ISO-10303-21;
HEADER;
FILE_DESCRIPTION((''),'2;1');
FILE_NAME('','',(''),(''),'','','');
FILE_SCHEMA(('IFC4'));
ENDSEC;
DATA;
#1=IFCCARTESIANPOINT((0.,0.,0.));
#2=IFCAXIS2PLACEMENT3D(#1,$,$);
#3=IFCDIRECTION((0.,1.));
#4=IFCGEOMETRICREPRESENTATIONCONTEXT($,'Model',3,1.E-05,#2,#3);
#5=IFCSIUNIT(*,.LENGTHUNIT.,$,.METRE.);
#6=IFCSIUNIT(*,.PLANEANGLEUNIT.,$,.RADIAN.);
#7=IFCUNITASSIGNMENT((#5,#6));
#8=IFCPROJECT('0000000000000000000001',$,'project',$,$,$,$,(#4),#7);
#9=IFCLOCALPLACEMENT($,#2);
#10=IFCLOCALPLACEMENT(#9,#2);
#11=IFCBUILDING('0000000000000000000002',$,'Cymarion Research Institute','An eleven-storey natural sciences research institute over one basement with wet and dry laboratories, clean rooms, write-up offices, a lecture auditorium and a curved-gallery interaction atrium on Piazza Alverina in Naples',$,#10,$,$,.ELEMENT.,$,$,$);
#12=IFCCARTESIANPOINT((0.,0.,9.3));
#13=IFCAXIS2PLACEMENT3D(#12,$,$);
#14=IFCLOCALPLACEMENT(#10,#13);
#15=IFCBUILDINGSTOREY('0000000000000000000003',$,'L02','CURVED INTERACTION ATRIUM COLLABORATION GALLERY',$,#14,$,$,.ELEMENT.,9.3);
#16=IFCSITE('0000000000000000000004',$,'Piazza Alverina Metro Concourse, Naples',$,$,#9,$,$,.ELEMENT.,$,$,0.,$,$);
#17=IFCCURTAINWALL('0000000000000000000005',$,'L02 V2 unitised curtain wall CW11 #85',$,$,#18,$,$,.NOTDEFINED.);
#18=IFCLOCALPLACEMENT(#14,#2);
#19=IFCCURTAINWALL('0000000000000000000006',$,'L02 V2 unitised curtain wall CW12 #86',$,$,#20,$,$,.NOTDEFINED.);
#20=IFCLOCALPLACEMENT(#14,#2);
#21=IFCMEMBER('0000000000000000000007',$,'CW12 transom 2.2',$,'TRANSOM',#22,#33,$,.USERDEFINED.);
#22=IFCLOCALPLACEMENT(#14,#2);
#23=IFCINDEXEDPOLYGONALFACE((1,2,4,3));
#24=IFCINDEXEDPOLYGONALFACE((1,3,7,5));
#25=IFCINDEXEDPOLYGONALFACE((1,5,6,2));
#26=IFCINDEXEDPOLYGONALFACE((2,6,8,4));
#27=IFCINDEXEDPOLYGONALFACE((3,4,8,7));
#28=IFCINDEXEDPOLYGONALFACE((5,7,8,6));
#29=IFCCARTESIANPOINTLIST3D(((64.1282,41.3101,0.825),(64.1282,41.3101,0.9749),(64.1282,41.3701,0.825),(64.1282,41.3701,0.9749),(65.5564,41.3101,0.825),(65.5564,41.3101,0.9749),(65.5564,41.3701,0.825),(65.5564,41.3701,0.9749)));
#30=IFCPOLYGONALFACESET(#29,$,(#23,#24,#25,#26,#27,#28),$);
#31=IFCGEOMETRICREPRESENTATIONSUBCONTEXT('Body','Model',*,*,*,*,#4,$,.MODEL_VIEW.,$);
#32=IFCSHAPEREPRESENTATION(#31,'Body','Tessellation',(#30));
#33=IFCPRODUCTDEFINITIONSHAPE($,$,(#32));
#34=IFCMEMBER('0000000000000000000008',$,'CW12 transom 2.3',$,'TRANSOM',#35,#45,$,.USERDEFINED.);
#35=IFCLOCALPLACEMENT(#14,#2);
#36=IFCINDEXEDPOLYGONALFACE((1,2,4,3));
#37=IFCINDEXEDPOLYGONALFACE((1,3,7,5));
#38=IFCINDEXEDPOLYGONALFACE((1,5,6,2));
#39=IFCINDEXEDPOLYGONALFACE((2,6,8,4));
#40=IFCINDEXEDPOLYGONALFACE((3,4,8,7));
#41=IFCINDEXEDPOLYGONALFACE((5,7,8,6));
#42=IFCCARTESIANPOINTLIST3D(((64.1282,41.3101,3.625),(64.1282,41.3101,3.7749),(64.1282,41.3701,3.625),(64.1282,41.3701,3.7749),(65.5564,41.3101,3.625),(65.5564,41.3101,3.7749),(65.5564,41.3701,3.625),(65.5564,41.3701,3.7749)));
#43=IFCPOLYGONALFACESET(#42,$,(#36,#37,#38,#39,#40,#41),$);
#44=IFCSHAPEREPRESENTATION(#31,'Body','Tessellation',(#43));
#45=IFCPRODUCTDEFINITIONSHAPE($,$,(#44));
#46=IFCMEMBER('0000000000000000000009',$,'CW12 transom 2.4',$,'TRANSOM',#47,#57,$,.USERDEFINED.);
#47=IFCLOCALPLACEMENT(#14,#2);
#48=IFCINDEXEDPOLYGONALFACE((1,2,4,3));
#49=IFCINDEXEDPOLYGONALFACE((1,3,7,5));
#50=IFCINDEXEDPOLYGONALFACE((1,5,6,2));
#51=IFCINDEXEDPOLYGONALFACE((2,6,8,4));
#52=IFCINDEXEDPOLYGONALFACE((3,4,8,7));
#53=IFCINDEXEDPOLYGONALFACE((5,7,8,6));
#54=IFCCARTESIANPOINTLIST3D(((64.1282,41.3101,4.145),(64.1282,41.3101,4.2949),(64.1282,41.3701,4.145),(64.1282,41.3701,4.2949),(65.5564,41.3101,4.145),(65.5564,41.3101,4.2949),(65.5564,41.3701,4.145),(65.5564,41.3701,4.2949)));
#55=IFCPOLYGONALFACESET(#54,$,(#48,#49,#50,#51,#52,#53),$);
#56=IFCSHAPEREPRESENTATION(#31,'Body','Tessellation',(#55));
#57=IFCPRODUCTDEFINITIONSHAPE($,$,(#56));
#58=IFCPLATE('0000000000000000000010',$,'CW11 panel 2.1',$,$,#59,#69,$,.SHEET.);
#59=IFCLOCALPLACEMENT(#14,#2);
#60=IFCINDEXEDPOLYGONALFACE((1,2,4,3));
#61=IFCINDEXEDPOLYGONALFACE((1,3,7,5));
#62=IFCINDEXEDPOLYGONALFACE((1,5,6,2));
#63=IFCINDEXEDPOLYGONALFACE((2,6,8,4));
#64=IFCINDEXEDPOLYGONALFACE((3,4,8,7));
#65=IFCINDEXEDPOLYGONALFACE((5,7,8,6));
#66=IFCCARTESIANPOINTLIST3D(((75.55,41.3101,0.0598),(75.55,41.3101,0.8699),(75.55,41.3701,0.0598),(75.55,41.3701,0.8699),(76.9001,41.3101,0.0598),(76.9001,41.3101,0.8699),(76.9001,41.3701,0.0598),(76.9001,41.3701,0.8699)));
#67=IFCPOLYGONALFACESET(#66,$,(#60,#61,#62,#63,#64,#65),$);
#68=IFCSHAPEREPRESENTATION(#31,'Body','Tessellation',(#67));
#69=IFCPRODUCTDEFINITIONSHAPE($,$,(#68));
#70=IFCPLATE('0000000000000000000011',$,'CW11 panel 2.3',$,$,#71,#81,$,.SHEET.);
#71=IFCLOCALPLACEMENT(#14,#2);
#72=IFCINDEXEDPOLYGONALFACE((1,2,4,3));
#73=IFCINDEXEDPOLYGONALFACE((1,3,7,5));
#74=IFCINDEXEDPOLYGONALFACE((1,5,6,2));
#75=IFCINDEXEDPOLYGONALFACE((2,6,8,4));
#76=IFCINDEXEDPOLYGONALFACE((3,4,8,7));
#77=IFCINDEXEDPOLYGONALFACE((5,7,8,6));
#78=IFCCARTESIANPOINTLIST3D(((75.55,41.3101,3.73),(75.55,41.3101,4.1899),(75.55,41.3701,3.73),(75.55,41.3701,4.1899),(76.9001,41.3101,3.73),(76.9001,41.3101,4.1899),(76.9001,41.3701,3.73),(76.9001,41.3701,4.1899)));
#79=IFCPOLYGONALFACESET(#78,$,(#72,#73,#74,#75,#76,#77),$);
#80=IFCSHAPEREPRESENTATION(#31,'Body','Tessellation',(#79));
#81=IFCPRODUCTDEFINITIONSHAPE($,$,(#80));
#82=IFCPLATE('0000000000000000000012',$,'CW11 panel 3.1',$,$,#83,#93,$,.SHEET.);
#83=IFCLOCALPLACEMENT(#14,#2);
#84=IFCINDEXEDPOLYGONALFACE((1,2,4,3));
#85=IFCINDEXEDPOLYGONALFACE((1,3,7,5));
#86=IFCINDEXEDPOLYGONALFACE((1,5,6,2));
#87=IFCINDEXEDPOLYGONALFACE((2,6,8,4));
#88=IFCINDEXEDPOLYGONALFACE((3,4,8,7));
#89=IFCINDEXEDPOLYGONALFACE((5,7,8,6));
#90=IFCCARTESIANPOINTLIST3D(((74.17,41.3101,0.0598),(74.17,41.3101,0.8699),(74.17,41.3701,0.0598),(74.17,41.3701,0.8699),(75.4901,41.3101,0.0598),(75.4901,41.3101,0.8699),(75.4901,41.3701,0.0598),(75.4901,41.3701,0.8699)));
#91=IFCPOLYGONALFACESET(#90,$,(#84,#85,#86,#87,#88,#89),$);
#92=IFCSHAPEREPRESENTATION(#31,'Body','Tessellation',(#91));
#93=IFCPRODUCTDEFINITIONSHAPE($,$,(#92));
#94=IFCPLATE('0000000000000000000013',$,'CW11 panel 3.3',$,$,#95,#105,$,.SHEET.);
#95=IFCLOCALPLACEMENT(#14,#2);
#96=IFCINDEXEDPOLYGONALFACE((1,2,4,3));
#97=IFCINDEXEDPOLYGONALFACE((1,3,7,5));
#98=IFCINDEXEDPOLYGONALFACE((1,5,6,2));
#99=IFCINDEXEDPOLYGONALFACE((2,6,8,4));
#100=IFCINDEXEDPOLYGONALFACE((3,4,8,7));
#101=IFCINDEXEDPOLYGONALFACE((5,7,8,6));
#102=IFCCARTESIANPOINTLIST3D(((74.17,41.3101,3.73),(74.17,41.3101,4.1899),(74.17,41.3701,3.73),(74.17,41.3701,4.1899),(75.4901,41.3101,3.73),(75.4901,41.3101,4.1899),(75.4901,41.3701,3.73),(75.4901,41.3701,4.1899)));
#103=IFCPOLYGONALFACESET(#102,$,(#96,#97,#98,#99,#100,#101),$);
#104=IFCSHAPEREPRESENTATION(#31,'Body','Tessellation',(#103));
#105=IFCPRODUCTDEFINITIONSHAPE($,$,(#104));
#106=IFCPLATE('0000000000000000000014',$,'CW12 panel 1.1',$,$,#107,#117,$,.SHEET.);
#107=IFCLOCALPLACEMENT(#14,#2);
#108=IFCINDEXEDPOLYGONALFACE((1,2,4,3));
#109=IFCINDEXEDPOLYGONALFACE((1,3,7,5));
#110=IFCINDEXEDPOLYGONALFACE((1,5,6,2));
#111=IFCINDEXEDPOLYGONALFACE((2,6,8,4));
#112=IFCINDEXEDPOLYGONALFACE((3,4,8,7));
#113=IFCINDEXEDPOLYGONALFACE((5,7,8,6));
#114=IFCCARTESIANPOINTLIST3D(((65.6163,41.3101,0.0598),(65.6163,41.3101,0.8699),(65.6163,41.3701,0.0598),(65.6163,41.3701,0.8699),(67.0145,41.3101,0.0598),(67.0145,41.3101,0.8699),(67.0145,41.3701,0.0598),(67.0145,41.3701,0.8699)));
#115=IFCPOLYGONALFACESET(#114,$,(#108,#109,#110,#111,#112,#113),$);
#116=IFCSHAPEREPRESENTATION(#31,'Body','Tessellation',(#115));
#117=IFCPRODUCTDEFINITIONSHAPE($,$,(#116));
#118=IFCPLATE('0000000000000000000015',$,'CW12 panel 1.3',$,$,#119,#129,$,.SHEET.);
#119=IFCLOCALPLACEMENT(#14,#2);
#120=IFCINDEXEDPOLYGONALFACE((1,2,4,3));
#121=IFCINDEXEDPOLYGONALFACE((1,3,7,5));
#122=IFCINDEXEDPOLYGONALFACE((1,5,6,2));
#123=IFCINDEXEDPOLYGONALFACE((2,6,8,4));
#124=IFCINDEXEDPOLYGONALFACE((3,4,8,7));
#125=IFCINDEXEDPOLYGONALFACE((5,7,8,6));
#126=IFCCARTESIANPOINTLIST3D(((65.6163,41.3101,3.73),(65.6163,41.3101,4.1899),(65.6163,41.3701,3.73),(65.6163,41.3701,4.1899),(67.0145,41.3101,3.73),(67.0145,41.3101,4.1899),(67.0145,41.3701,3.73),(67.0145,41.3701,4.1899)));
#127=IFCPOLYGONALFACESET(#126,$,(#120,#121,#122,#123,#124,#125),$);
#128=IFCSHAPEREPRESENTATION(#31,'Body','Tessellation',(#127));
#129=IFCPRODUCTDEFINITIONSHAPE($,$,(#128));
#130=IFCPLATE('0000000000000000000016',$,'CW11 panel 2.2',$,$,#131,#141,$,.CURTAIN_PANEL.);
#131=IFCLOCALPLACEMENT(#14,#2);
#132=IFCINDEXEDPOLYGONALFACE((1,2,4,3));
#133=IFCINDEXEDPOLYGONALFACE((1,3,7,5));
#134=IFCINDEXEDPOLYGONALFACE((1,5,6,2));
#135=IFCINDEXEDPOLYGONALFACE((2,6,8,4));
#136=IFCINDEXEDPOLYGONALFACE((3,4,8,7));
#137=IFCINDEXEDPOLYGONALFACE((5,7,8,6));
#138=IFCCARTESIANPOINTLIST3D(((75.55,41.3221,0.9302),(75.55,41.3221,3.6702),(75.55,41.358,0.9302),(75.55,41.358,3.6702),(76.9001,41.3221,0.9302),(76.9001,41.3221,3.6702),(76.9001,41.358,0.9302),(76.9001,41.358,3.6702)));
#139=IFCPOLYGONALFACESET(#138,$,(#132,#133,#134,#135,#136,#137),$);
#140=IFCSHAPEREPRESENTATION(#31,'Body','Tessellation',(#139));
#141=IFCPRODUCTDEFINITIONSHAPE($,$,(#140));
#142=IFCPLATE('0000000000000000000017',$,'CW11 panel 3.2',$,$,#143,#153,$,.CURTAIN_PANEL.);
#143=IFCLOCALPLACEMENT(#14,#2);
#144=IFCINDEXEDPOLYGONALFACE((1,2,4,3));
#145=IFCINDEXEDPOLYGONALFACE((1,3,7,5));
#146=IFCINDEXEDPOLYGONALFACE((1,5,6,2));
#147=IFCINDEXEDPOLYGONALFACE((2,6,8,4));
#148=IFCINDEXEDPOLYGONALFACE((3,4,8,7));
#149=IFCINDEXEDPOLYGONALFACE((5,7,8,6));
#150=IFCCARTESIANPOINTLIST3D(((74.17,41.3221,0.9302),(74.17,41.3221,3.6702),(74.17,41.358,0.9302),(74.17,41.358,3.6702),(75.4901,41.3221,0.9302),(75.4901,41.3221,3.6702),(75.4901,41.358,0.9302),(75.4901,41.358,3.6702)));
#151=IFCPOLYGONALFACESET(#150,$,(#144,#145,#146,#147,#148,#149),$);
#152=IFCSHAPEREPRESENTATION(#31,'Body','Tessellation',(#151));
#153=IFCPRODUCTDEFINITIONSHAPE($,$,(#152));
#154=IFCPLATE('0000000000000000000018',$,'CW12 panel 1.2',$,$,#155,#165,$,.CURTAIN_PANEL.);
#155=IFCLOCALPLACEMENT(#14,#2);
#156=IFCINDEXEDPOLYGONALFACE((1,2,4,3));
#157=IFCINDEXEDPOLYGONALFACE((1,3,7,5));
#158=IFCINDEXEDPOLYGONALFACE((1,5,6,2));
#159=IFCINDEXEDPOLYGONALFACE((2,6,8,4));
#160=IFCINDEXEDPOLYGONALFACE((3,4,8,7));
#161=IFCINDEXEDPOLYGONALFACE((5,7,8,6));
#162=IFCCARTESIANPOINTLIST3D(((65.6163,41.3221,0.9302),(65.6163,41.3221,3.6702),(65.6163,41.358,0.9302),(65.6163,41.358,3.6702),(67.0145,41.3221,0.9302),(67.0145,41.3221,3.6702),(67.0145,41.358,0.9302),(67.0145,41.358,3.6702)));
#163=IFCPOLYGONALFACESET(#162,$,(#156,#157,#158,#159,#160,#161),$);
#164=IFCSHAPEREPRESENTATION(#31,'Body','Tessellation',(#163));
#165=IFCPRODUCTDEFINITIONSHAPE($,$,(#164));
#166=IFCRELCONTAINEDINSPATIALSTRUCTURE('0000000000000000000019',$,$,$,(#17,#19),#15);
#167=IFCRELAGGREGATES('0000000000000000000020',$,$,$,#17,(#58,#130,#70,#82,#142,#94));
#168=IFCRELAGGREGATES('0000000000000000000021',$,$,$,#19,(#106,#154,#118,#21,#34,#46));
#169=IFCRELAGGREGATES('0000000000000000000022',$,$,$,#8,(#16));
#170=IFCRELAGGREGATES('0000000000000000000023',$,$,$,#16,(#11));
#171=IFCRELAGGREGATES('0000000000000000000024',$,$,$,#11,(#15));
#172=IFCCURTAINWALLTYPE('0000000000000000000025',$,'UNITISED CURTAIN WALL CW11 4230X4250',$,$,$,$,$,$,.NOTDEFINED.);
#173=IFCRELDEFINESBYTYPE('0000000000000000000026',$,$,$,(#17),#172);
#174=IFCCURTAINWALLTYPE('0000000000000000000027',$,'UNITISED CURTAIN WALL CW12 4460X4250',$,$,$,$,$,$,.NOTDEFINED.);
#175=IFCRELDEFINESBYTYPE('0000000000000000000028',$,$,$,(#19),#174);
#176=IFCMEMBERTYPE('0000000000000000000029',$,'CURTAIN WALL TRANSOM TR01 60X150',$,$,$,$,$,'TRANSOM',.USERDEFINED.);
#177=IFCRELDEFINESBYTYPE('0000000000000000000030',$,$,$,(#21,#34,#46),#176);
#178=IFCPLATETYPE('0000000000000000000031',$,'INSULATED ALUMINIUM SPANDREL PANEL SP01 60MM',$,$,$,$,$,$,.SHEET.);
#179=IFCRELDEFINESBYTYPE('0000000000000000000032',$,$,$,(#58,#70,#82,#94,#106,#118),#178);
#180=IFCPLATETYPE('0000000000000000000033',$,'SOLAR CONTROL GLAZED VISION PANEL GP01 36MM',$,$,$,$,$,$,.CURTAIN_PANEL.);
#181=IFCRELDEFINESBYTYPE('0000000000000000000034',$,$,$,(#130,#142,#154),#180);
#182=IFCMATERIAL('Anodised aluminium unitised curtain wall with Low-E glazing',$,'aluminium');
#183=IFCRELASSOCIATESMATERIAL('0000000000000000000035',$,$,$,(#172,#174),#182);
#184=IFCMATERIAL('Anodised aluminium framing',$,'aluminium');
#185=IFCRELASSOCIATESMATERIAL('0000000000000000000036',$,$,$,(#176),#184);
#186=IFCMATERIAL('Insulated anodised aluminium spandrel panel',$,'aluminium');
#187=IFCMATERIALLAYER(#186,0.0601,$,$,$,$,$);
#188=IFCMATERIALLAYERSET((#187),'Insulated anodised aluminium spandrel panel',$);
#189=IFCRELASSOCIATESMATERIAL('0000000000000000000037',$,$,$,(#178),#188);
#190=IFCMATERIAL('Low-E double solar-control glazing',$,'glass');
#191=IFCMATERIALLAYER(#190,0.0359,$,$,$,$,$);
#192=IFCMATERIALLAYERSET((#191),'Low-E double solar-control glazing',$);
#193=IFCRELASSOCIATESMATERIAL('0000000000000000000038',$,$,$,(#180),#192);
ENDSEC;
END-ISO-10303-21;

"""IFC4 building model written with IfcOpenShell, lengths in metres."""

from ifc_helpers import new_model, si_unit, direction, frame, origin, origin_2d, place, context, subcontext, project, spatial, rectangle, extrude, material, layer, layer_set, material_profile, profile_set, type_object, element, aggregate, save


model = new_model("IFC4")

# Units and contexts
model_context = context("Model", 3, precision=1e-05, world=origin(), true_north=direction((0.0, 1.0)))
body_context = subcontext(model_context, "Body", "Model", "MODEL_VIEW")
ifc_project = project(units=[si_unit("LENGTHUNIT", "METRE"), si_unit("PLANEANGLEUNIT", "RADIAN")], contexts=[model_context])

# Site, building, storey
site_placement = place(None, origin())
site = spatial("IfcSite", under=ifc_project, at=site_placement, Name="Piazza Alverina Metro Concourse, Naples", CompositionType="ELEMENT", RefElevation=0.0)
building_placement = place(site_placement, origin())
building = spatial("IfcBuilding", under=site, at=building_placement, Name="Cymarion Research Institute", Description="An eleven-storey natural sciences research institute over one basement with wet and dry laboratories, clean rooms, write-up offices, a lecture auditorium and a curved-gallery interaction atrium on Piazza Alverina in Naples", CompositionType="ELEMENT")
storey_placement = place(building_placement, frame((0.0, 0.0, 9.3)))
storey = spatial("IfcBuildingStorey", under=building, at=storey_placement, Name="L02", Description="CURVED INTERACTION ATRIUM COLLABORATION GALLERY", CompositionType="ELEMENT", Elevation=9.3)

# Curtain walls
ifc_material_1 = material(Name="Anodised aluminium unitised curtain wall with Low-E glazing", Category="aluminium")
curtain_wall_type_1 = type_object("IfcCurtainWallType", Name="UNITISED CURTAIN WALL CW11 4230X4250", PredefinedType="NOTDEFINED", material=ifc_material_1)
curtain_wall_1_placement = place(storey_placement, origin())
curtain_wall_1 = element("IfcCurtainWall", 1, at=curtain_wall_1_placement, inside=storey, type_object=curtain_wall_type_1, Name="L02 V2 unitised curtain wall CW11 #85", PredefinedType="NOTDEFINED")
ifc_material_2 = material(Name="Anodised aluminium framing", Category="aluminium")
curtain_wall_type_2 = type_object("IfcCurtainWallType", Name="UNITISED CURTAIN WALL CW12 4460X4250", PredefinedType="NOTDEFINED", material=ifc_material_1)
curtain_wall_2_placement = place(storey_placement, origin())
curtain_wall_2 = element("IfcCurtainWall", 2, at=curtain_wall_2_placement, inside=storey, type_object=curtain_wall_type_2, Name="L02 V2 unitised curtain wall CW12 #86", PredefinedType="NOTDEFINED")

# Members
ifc_material_profile_1 = material_profile(ifc_material_2, rectangle(XDim=0.0601, YDim=0.1499, at=origin_2d()), Name="ALU TRANSOM 60x150")
ifc_profile_set_1 = profile_set([ifc_material_profile_1], Name="Anodised aluminium framing")
member_type_1 = type_object("IfcMemberType", Name="CURTAIN WALL TRANSOM TR01 60X150", ElementType="TRANSOM", PredefinedType="USERDEFINED", material=ifc_profile_set_1)
member_1_placement = place(storey_placement, frame((65.5564, 41.3401, 0.8999), z_axis=(-1.0, 0.0, 0.0), x_axis=(0.0, -1.0, 0.0)))
member_1 = element("IfcMember", 3, at=member_1_placement, type_object=member_type_1, Name="CW12 transom 2.2", ObjectType="TRANSOM", PredefinedType="USERDEFINED", context=body_context, shape_type="SweptSolid", body=[
    extrude(rectangle(XDim=0.0601, YDim=0.1499, at=origin_2d()), origin(), (0.0, 0.0, 1.0), 1.4282),
])
member_2_placement = place(storey_placement, frame((65.5564, 41.3401, 3.7), z_axis=(-1.0, 0.0, 0.0), x_axis=(0.0, -1.0, 0.0)))
member_2 = element("IfcMember", 4, at=member_2_placement, type_object=member_type_1, Name="CW12 transom 2.3", ObjectType="TRANSOM", PredefinedType="USERDEFINED", context=body_context, shape_type="SweptSolid", body=[
    extrude(rectangle(XDim=0.0601, YDim=0.1499, at=origin_2d()), origin(), (0.0, 0.0, 1.0), 1.4282),
])
member_3_placement = place(storey_placement, frame((65.5564, 41.3401, 4.22), z_axis=(-1.0, 0.0, 0.0), x_axis=(0.0, -1.0, 0.0)))
member_3 = element("IfcMember", 5, at=member_3_placement, type_object=member_type_1, Name="CW12 transom 2.4", ObjectType="TRANSOM", PredefinedType="USERDEFINED", context=body_context, shape_type="SweptSolid", body=[
    extrude(rectangle(XDim=0.0601, YDim=0.1499, at=origin_2d()), origin(), (0.0, 0.0, 1.0), 1.4282),
])

# Plates
ifc_material_3 = material(Name="Insulated anodised aluminium spandrel panel", Category="aluminium")
ifc_layer_1 = layer(ifc_material_3, 0.0601)
ifc_layer_set_1 = layer_set([ifc_layer_1], Name="Insulated anodised aluminium spandrel panel")
plate_type_1 = type_object("IfcPlateType", Name="INSULATED ALUMINIUM SPANDREL PANEL SP01 60MM", PredefinedType="SHEET", material=ifc_layer_set_1)
plate_1_placement = place(storey_placement, frame((76.2251, 41.3401, 0.0598), z_axis=(0.0, 0.0, 1.0), x_axis=(-1.0, 0.0, 0.0)))
plate_1 = element("IfcPlate", 6, at=plate_1_placement, type_object=plate_type_1, Name="CW11 panel 2.1", PredefinedType="SHEET", context=body_context, shape_type="SweptSolid", body=[
    extrude(rectangle(XDim=1.3501, YDim=0.0601, at=origin_2d()), origin(), (0.0, 0.0, 1.0), 0.8101),
])
plate_2_placement = place(storey_placement, frame((76.2251, 41.3401, 3.73), z_axis=(0.0, 0.0, 1.0), x_axis=(-1.0, 0.0, 0.0)))
plate_2 = element("IfcPlate", 7, at=plate_2_placement, type_object=plate_type_1, Name="CW11 panel 2.3", PredefinedType="SHEET", context=body_context, shape_type="SweptSolid", body=[
    extrude(rectangle(XDim=1.3501, YDim=0.0601, at=origin_2d()), origin(), (0.0, 0.0, 1.0), 0.46),
])
plate_3_placement = place(storey_placement, frame((74.8301, 41.3401, 0.0598), z_axis=(0.0, 0.0, 1.0), x_axis=(-1.0, 0.0, 0.0)))
plate_3 = element("IfcPlate", 8, at=plate_3_placement, type_object=plate_type_1, Name="CW11 panel 3.1", PredefinedType="SHEET", context=body_context, shape_type="SweptSolid", body=[
    extrude(rectangle(XDim=1.3201, YDim=0.0601, at=origin_2d()), origin(), (0.0, 0.0, 1.0), 0.8101),
])
plate_4_placement = place(storey_placement, frame((74.8301, 41.3401, 3.73), z_axis=(0.0, 0.0, 1.0), x_axis=(-1.0, 0.0, 0.0)))
plate_4 = element("IfcPlate", 9, at=plate_4_placement, type_object=plate_type_1, Name="CW11 panel 3.3", PredefinedType="SHEET", context=body_context, shape_type="SweptSolid", body=[
    extrude(rectangle(XDim=1.3201, YDim=0.0601, at=origin_2d()), origin(), (0.0, 0.0, 1.0), 0.46),
])
plate_5_placement = place(storey_placement, frame((66.3154, 41.3401, 0.0598), z_axis=(0.0, 0.0, 1.0), x_axis=(-1.0, 0.0, 0.0)))
plate_5 = element("IfcPlate", 10, at=plate_5_placement, type_object=plate_type_1, Name="CW12 panel 1.1", PredefinedType="SHEET", context=body_context, shape_type="SweptSolid", body=[
    extrude(rectangle(XDim=1.3982, YDim=0.0601, at=origin_2d()), origin(), (0.0, 0.0, 1.0), 0.8101),
])
plate_6_placement = place(storey_placement, frame((66.3154, 41.3401, 3.73), z_axis=(0.0, 0.0, 1.0), x_axis=(-1.0, 0.0, 0.0)))
plate_6 = element("IfcPlate", 11, at=plate_6_placement, type_object=plate_type_1, Name="CW12 panel 1.3", PredefinedType="SHEET", context=body_context, shape_type="SweptSolid", body=[
    extrude(rectangle(XDim=1.3982, YDim=0.0601, at=origin_2d()), origin(), (0.0, 0.0, 1.0), 0.46),
])
ifc_material_4 = material(Name="Low-E double solar-control glazing", Category="glass")
ifc_layer_2 = layer(ifc_material_4, 0.0359)
ifc_layer_set_2 = layer_set([ifc_layer_2], Name="Low-E double solar-control glazing")
plate_type_2 = type_object("IfcPlateType", Name="SOLAR CONTROL GLAZED VISION PANEL GP01 36MM", PredefinedType="CURTAIN_PANEL", material=ifc_layer_set_2)
plate_7_placement = place(storey_placement, frame((76.2251, 41.3401, 0.9302), z_axis=(0.0, 0.0, 1.0), x_axis=(-1.0, 0.0, 0.0)))
plate_7 = element("IfcPlate", 12, at=plate_7_placement, type_object=plate_type_2, Name="CW11 panel 2.2", PredefinedType="CURTAIN_PANEL", context=body_context, shape_type="SweptSolid", body=[
    extrude(rectangle(XDim=1.3501, YDim=0.0359, at=origin_2d()), origin(), (0.0, 0.0, 1.0), 2.74),
])
plate_8_placement = place(storey_placement, frame((74.8301, 41.3401, 0.9302), z_axis=(0.0, 0.0, 1.0), x_axis=(-1.0, 0.0, 0.0)))
plate_8 = element("IfcPlate", 13, at=plate_8_placement, type_object=plate_type_2, Name="CW11 panel 3.2", PredefinedType="CURTAIN_PANEL", context=body_context, shape_type="SweptSolid", body=[
    extrude(rectangle(XDim=1.3201, YDim=0.0359, at=origin_2d()), origin(), (0.0, 0.0, 1.0), 2.74),
])
aggregate(curtain_wall_1, [plate_1, plate_7, plate_2, plate_3, plate_8, plate_4])
plate_9_placement = place(storey_placement, frame((66.3154, 41.3401, 0.9302), z_axis=(0.0, 0.0, 1.0), x_axis=(-1.0, 0.0, 0.0)))
plate_9 = element("IfcPlate", 14, at=plate_9_placement, type_object=plate_type_2, Name="CW12 panel 1.2", PredefinedType="CURTAIN_PANEL", context=body_context, shape_type="SweptSolid", body=[
    extrude(rectangle(XDim=1.3982, YDim=0.0359, at=origin_2d()), origin(), (0.0, 0.0, 1.0), 2.74),
])
aggregate(curtain_wall_2, [plate_5, plate_9, plate_6, member_1, member_2, member_3])

save(model, "model.ifc")
